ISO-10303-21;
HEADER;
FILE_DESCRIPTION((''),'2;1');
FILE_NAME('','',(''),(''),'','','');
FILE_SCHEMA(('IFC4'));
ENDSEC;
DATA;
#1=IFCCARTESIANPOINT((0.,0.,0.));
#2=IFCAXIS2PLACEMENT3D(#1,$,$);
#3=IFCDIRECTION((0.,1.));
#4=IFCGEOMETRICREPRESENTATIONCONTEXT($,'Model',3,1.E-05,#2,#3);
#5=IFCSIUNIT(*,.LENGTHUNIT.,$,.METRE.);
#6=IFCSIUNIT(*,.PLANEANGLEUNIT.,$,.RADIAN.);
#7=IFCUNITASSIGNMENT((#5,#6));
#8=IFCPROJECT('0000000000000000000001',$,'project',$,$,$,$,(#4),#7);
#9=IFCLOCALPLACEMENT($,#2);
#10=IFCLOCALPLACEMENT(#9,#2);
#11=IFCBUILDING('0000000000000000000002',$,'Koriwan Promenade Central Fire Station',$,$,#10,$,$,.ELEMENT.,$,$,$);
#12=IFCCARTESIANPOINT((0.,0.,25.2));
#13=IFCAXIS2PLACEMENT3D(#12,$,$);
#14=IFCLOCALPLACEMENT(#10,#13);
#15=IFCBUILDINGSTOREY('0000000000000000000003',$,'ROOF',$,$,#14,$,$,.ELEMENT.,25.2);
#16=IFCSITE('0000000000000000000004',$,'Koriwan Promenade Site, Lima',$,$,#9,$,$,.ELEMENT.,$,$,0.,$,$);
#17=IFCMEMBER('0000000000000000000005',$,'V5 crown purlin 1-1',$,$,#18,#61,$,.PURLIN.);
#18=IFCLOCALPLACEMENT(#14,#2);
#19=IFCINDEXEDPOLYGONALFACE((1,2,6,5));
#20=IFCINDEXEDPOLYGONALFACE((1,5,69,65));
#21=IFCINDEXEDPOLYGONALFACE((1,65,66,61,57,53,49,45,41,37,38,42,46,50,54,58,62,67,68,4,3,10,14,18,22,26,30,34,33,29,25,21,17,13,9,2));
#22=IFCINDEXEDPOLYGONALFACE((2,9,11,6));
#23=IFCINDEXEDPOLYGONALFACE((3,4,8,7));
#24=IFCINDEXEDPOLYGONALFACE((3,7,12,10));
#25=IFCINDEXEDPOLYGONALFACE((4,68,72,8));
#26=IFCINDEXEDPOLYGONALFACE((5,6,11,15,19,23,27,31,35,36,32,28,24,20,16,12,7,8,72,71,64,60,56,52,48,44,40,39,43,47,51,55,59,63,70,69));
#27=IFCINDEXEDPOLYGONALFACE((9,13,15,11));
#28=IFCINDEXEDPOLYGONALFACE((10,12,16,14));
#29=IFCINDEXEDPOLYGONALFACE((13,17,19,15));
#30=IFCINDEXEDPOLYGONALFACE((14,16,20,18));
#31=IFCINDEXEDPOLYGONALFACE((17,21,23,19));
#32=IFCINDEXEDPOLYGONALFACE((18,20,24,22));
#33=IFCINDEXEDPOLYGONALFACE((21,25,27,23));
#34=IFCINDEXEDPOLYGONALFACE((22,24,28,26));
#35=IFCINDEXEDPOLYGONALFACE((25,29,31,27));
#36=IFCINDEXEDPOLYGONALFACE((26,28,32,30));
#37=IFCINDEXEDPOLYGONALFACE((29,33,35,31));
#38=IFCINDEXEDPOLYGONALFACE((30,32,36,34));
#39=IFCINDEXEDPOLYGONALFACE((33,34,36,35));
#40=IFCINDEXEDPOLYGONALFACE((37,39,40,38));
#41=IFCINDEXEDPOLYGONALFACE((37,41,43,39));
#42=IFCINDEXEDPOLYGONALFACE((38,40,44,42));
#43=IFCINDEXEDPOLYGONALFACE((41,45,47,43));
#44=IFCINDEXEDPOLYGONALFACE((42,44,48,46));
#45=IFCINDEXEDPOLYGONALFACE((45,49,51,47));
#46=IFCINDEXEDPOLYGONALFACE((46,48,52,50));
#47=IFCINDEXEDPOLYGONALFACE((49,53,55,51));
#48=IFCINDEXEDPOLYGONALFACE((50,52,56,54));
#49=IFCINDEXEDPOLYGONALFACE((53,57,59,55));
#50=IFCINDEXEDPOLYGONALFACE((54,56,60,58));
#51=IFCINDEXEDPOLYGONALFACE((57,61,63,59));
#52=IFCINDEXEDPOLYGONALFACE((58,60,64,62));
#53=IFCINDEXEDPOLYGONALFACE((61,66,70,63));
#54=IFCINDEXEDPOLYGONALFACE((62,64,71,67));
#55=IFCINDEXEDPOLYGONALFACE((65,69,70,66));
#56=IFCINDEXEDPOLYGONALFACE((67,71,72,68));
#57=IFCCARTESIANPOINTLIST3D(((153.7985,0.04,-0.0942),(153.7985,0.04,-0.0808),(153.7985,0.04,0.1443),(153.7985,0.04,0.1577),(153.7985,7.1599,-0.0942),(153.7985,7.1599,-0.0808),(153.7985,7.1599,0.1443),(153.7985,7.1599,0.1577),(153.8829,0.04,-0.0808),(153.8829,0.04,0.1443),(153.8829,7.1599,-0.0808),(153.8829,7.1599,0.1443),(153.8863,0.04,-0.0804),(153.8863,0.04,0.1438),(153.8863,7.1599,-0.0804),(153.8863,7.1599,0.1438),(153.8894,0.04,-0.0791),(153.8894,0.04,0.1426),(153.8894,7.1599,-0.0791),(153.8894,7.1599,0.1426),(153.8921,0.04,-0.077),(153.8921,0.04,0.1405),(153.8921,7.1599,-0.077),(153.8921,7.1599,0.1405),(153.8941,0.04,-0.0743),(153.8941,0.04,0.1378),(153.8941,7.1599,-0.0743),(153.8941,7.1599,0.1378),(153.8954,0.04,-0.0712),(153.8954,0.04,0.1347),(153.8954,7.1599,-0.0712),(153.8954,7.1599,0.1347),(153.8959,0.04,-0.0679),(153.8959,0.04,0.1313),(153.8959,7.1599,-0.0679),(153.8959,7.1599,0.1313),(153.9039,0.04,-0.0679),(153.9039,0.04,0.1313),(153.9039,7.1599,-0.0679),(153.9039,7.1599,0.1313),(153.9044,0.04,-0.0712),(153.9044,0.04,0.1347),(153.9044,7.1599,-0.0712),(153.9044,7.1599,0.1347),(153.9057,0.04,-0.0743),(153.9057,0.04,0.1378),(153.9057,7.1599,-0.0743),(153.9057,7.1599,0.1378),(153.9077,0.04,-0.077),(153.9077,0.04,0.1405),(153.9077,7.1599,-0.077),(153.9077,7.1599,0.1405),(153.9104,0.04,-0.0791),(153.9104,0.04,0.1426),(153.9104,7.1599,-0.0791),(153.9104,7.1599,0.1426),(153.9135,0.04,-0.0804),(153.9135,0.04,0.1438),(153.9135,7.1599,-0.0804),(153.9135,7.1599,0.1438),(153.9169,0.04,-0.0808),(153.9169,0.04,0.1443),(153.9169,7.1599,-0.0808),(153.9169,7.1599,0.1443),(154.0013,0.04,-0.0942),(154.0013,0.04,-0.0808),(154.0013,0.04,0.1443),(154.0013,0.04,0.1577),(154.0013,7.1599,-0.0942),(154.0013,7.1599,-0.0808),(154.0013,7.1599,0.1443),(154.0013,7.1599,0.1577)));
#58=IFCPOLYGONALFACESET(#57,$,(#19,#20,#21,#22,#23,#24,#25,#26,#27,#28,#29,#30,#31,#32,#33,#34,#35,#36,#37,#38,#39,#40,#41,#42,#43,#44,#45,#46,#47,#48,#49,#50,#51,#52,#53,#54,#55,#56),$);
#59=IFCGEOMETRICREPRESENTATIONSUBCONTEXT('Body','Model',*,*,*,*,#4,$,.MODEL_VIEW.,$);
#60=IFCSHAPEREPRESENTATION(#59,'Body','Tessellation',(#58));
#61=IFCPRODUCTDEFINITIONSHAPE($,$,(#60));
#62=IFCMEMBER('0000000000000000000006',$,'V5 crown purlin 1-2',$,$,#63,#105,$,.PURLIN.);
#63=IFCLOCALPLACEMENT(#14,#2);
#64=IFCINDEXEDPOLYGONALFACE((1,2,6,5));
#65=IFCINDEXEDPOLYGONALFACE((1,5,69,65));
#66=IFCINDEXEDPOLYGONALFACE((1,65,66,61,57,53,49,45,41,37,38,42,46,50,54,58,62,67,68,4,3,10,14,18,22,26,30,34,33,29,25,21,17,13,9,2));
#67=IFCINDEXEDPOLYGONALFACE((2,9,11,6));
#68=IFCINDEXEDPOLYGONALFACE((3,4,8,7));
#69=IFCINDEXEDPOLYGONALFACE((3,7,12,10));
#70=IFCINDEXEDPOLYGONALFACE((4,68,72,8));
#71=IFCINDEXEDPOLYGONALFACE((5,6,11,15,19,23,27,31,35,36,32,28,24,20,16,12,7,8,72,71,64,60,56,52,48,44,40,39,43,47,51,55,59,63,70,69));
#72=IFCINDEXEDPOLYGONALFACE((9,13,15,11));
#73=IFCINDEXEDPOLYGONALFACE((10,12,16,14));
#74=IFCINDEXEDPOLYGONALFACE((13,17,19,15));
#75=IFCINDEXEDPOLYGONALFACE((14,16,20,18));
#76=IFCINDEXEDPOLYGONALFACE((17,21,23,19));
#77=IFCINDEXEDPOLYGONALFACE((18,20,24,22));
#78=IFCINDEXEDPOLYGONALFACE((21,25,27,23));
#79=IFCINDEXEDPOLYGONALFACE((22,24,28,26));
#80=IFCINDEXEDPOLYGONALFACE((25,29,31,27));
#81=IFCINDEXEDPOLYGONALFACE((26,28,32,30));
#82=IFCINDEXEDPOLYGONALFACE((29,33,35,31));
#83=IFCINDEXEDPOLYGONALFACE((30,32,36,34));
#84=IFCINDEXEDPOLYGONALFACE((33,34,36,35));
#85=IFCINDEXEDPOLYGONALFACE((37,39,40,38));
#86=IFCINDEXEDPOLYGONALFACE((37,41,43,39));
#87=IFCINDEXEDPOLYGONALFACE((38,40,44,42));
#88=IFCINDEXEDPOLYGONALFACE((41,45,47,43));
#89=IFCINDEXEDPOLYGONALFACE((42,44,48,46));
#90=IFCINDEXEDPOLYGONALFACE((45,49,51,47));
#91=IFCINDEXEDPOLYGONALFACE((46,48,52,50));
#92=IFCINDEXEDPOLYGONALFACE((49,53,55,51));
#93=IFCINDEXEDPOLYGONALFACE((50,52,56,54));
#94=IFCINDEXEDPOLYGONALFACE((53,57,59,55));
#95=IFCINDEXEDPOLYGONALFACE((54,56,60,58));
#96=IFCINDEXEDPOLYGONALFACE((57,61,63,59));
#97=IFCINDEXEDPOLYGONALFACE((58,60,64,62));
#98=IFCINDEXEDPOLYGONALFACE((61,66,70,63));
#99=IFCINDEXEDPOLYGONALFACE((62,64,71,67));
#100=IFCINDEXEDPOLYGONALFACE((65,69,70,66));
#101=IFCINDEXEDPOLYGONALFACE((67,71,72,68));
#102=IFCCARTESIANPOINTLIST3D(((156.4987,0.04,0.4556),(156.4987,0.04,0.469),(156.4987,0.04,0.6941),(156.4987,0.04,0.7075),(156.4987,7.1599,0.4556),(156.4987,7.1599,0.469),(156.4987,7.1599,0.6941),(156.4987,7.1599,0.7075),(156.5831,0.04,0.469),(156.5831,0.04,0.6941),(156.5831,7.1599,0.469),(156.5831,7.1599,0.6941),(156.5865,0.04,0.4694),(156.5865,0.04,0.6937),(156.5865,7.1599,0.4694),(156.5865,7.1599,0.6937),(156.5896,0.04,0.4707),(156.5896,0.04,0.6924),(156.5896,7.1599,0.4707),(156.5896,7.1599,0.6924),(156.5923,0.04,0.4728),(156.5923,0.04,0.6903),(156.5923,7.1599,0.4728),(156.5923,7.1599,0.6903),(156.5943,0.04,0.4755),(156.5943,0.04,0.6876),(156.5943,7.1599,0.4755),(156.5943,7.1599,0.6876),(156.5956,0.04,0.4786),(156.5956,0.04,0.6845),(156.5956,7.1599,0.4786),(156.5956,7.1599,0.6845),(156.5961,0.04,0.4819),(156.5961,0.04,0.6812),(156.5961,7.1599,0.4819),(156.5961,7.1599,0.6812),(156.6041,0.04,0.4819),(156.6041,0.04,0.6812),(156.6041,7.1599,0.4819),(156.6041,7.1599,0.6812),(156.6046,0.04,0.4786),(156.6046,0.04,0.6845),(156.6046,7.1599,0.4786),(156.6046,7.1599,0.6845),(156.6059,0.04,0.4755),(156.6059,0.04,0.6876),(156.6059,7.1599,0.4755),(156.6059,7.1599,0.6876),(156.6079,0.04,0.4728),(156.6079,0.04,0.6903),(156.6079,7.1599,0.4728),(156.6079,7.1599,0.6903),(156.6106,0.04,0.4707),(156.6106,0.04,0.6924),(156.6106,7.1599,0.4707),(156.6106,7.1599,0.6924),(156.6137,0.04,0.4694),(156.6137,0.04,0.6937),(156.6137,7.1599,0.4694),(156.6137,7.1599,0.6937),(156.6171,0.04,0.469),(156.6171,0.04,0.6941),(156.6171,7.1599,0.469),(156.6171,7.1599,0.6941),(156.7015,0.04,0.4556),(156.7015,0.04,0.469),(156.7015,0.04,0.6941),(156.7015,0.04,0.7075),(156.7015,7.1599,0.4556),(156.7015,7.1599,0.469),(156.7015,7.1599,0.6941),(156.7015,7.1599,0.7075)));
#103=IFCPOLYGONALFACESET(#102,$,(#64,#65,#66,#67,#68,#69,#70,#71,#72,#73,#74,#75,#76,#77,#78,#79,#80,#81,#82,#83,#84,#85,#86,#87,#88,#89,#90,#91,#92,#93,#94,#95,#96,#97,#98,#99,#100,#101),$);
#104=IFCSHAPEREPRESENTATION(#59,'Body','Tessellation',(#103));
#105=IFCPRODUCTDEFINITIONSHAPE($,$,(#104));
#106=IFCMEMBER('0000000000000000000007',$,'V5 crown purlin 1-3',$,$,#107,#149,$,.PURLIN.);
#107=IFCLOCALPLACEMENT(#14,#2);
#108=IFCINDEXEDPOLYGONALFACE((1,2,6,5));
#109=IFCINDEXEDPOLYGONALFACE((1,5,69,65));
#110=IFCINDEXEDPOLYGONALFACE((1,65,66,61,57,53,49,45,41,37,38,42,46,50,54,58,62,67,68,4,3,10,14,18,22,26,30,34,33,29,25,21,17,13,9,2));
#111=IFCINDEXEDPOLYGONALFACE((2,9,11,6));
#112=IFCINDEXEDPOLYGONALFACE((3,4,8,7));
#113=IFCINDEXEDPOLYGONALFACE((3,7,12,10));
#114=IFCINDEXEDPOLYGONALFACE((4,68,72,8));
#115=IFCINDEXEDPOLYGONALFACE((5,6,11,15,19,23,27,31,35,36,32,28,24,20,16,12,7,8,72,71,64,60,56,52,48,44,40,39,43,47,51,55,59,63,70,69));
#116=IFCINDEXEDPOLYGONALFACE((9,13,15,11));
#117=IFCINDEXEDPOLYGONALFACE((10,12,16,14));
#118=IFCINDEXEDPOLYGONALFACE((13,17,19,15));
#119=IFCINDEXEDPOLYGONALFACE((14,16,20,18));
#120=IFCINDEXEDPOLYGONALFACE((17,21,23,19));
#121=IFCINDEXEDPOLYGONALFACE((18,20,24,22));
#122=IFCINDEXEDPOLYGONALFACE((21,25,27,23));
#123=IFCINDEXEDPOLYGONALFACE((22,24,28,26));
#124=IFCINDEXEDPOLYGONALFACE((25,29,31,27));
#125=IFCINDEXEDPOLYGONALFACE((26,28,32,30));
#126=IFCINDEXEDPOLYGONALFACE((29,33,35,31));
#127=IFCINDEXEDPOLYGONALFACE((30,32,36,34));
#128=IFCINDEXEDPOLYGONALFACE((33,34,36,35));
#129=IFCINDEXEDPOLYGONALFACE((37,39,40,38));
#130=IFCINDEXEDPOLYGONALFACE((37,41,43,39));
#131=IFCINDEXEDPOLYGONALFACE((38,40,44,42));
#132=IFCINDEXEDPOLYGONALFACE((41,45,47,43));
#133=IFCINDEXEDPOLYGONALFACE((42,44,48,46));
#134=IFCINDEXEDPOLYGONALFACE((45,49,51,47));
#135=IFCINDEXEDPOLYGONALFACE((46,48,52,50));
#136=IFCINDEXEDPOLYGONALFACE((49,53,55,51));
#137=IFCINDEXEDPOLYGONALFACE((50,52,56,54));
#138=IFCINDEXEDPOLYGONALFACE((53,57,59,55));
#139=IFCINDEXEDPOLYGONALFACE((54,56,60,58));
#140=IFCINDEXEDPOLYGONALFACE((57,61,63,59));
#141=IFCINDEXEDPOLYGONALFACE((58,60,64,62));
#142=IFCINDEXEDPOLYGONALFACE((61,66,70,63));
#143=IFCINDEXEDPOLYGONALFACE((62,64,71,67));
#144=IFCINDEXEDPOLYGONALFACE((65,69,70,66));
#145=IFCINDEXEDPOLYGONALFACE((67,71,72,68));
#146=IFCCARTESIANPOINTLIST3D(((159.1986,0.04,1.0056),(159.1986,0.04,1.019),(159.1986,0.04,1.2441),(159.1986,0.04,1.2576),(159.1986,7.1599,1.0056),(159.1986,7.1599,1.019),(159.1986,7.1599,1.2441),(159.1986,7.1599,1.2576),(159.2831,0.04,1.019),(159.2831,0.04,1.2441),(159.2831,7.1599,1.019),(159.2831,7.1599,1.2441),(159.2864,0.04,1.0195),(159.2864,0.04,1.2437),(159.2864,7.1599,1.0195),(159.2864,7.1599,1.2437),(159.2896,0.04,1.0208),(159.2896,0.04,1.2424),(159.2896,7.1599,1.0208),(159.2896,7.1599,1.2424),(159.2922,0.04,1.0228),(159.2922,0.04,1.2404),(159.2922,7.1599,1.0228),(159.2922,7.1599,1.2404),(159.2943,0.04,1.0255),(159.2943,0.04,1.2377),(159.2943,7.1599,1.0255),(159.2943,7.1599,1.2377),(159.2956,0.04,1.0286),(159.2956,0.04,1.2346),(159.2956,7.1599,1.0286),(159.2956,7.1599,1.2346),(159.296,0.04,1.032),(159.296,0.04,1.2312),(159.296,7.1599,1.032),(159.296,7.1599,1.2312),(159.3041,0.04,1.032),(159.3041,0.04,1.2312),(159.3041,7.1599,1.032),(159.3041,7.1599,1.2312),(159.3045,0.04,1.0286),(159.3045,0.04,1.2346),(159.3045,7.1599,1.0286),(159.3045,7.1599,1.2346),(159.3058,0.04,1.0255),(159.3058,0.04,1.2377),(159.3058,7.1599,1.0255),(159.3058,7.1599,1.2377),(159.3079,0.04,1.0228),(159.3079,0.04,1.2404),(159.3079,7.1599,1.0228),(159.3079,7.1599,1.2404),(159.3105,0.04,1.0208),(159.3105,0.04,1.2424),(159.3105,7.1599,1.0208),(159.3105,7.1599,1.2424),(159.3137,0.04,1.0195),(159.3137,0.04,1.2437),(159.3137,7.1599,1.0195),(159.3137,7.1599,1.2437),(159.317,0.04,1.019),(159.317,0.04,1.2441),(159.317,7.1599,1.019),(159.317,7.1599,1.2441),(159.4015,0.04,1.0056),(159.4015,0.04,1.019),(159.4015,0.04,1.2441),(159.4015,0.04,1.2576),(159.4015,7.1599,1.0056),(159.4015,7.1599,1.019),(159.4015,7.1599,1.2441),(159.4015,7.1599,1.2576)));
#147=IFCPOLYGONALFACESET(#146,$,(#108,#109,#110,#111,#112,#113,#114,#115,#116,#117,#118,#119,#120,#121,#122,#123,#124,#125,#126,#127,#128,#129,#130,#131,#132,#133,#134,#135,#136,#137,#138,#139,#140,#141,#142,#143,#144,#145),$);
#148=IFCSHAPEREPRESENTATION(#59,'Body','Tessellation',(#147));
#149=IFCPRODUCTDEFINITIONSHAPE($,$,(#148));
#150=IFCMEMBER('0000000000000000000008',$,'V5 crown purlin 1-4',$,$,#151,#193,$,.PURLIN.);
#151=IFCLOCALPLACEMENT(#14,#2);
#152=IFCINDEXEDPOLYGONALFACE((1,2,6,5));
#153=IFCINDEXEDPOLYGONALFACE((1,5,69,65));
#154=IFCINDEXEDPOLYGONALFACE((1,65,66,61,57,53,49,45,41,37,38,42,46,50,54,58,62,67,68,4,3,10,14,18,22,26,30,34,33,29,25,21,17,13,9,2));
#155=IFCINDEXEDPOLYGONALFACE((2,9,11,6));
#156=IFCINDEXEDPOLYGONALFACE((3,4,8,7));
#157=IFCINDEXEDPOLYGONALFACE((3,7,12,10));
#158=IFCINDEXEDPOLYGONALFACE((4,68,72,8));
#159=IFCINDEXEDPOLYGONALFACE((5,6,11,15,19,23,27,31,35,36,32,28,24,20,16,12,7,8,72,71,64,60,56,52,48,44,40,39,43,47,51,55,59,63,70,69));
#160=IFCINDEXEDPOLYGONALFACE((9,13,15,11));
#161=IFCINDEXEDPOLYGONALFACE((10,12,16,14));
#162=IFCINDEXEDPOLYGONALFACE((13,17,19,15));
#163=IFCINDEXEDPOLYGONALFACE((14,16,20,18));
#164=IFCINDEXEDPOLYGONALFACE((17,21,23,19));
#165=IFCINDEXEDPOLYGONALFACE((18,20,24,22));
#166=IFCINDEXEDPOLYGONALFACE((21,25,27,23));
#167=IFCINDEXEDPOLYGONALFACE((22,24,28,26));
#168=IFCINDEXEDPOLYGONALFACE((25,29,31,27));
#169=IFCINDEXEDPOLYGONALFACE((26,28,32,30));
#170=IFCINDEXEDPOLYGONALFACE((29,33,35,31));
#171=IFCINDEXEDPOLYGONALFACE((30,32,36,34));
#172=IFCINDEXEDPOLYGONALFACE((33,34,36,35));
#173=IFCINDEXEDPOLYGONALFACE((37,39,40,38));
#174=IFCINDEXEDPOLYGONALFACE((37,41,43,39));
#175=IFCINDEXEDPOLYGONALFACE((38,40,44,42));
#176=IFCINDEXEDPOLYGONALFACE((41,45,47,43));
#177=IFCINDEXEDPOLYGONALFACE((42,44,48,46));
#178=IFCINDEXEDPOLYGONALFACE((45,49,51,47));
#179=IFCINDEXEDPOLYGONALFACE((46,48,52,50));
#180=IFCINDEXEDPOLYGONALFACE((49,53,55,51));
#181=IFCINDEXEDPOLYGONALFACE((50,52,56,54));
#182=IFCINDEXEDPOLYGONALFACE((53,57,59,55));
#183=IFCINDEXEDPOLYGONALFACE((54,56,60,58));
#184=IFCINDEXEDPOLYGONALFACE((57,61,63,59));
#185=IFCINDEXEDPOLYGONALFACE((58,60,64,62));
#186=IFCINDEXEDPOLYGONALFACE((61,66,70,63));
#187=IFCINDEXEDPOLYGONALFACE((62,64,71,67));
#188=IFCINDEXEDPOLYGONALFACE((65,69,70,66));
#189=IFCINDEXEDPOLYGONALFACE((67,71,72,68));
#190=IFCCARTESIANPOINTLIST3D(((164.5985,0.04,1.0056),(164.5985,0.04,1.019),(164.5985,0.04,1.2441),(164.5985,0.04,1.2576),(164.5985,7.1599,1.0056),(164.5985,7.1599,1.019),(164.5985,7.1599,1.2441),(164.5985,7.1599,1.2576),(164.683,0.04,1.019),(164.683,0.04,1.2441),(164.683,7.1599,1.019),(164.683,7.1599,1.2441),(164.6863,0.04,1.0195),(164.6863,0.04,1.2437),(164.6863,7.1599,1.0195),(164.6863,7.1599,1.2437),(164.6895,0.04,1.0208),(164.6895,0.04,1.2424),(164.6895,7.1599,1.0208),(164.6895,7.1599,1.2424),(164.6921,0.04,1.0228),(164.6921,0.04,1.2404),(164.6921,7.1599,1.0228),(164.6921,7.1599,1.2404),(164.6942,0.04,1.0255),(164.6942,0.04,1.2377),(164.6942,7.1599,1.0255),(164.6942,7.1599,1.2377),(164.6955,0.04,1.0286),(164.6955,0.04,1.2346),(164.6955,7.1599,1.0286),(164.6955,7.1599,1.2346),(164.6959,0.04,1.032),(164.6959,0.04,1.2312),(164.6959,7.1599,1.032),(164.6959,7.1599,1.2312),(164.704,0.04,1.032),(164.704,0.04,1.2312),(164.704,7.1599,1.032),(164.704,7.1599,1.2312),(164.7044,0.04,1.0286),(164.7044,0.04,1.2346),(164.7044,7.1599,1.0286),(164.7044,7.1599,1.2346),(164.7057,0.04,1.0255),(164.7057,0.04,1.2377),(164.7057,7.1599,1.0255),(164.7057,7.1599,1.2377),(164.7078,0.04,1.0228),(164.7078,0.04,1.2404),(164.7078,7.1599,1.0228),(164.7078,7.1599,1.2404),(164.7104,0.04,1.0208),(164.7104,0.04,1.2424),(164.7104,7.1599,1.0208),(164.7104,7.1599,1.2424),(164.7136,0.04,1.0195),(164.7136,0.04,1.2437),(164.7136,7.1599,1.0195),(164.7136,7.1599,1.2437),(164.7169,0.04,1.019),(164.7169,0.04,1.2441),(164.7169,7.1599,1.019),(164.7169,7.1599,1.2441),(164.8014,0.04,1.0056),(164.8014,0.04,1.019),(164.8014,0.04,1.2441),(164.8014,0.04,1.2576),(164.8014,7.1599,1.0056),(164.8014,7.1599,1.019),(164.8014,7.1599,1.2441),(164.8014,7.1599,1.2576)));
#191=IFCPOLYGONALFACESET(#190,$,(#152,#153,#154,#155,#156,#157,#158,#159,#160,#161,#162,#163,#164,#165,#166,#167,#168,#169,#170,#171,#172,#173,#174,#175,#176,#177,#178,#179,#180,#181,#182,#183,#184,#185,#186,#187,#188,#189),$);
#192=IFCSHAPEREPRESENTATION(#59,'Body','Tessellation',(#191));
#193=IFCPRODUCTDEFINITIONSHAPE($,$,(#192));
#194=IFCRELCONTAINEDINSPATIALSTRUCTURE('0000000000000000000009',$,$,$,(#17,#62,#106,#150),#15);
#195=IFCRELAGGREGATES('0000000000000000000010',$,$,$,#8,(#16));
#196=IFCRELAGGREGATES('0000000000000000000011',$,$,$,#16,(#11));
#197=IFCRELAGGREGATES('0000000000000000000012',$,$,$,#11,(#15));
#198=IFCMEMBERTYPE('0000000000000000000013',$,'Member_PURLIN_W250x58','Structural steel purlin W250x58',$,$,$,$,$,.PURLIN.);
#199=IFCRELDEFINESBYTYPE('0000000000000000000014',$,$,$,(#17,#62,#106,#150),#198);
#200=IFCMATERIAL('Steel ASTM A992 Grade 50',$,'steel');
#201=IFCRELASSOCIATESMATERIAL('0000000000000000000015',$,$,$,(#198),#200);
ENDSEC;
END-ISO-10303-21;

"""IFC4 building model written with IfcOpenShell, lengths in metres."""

from ifc_helpers import new_model, si_unit, direction, frame, origin, origin_2d, place, context, subcontext, project, spatial, i_section, extrude, material, material_profile, profile_set, type_object, element, save


model = new_model("IFC4")

# Units and contexts
model_context = context("Model", 3, precision=1e-05, world=origin(), true_north=direction((0.0, 1.0)))
body_context = subcontext(model_context, "Body", "Model", "MODEL_VIEW")
ifc_project = project(units=[si_unit("LENGTHUNIT", "METRE"), si_unit("PLANEANGLEUNIT", "RADIAN")], contexts=[model_context])

# Site, building, storey
site_placement = place(None, origin())
site = spatial("IfcSite", under=ifc_project, at=site_placement, Name="Koriwan Promenade Site, Lima", CompositionType="ELEMENT", RefElevation=0.0)
building_placement = place(site_placement, origin())
building = spatial("IfcBuilding", under=site, at=building_placement, Name="Koriwan Promenade Central Fire Station", CompositionType="ELEMENT")
storey_placement = place(building_placement, frame((0.0, 0.0, 25.2)))
storey = spatial("IfcBuildingStorey", under=building, at=storey_placement, Name="ROOF", CompositionType="ELEMENT", Elevation=25.2)

# Members
ifc_material_1 = material(Name="Steel ASTM A992 Grade 50", Category="steel")
ifc_material_profile_1 = material_profile(ifc_material_1, i_section(OverallWidth=0.2029, OverallDepth=0.252, WebThickness=0.0081, FlangeThickness=0.0134, FilletRadius=0.0129, at=origin_2d()), Name="W250x58")
ifc_profile_set_1 = profile_set([ifc_material_profile_1], Name="Steel ASTM A992 Grade 50")
member_type_1 = type_object("IfcMemberType", Name="Member_PURLIN_W250x58", Description="Structural steel purlin W250x58", PredefinedType="PURLIN", material=ifc_profile_set_1)
for number, where, z_axis, x_axis, name in (
    (1, (153.8999, 0.04, 0.0317), (0.0, 1.0, 0.0), (-1.0, 0.0, 0.0), "V5 crown purlin 1-1"),
    (2, (156.6001, 0.04, 0.5815), (0.0, 1.0, 0.0), (-1.0, 0.0, 0.0), "V5 crown purlin 1-2"),
    (3, (159.3, 0.04, 1.1316), (0.0, 1.0, 0.0), (-1.0, 0.0, 0.0), "V5 crown purlin 1-3"),
    (4, (164.7, 0.04, 1.1316), (0.0, 1.0, 0.0), (-1.0, 0.0, 0.0), "V5 crown purlin 1-4"),
):
    element("IfcMember", number, at=place(storey_placement, frame(where, z_axis=z_axis, x_axis=x_axis)), inside=storey, type_object=member_type_1, Name=name, PredefinedType="PURLIN", context=body_context, shape_type="SweptSolid", body=[
        extrude(i_section(OverallWidth=0.2029, OverallDepth=0.252, WebThickness=0.0081, FlangeThickness=0.0134, FilletRadius=0.0129, at=origin_2d()), origin(), (0.0, 0.0, 1.0), 7.1199),
    ])

save(model, "model.ifc")
